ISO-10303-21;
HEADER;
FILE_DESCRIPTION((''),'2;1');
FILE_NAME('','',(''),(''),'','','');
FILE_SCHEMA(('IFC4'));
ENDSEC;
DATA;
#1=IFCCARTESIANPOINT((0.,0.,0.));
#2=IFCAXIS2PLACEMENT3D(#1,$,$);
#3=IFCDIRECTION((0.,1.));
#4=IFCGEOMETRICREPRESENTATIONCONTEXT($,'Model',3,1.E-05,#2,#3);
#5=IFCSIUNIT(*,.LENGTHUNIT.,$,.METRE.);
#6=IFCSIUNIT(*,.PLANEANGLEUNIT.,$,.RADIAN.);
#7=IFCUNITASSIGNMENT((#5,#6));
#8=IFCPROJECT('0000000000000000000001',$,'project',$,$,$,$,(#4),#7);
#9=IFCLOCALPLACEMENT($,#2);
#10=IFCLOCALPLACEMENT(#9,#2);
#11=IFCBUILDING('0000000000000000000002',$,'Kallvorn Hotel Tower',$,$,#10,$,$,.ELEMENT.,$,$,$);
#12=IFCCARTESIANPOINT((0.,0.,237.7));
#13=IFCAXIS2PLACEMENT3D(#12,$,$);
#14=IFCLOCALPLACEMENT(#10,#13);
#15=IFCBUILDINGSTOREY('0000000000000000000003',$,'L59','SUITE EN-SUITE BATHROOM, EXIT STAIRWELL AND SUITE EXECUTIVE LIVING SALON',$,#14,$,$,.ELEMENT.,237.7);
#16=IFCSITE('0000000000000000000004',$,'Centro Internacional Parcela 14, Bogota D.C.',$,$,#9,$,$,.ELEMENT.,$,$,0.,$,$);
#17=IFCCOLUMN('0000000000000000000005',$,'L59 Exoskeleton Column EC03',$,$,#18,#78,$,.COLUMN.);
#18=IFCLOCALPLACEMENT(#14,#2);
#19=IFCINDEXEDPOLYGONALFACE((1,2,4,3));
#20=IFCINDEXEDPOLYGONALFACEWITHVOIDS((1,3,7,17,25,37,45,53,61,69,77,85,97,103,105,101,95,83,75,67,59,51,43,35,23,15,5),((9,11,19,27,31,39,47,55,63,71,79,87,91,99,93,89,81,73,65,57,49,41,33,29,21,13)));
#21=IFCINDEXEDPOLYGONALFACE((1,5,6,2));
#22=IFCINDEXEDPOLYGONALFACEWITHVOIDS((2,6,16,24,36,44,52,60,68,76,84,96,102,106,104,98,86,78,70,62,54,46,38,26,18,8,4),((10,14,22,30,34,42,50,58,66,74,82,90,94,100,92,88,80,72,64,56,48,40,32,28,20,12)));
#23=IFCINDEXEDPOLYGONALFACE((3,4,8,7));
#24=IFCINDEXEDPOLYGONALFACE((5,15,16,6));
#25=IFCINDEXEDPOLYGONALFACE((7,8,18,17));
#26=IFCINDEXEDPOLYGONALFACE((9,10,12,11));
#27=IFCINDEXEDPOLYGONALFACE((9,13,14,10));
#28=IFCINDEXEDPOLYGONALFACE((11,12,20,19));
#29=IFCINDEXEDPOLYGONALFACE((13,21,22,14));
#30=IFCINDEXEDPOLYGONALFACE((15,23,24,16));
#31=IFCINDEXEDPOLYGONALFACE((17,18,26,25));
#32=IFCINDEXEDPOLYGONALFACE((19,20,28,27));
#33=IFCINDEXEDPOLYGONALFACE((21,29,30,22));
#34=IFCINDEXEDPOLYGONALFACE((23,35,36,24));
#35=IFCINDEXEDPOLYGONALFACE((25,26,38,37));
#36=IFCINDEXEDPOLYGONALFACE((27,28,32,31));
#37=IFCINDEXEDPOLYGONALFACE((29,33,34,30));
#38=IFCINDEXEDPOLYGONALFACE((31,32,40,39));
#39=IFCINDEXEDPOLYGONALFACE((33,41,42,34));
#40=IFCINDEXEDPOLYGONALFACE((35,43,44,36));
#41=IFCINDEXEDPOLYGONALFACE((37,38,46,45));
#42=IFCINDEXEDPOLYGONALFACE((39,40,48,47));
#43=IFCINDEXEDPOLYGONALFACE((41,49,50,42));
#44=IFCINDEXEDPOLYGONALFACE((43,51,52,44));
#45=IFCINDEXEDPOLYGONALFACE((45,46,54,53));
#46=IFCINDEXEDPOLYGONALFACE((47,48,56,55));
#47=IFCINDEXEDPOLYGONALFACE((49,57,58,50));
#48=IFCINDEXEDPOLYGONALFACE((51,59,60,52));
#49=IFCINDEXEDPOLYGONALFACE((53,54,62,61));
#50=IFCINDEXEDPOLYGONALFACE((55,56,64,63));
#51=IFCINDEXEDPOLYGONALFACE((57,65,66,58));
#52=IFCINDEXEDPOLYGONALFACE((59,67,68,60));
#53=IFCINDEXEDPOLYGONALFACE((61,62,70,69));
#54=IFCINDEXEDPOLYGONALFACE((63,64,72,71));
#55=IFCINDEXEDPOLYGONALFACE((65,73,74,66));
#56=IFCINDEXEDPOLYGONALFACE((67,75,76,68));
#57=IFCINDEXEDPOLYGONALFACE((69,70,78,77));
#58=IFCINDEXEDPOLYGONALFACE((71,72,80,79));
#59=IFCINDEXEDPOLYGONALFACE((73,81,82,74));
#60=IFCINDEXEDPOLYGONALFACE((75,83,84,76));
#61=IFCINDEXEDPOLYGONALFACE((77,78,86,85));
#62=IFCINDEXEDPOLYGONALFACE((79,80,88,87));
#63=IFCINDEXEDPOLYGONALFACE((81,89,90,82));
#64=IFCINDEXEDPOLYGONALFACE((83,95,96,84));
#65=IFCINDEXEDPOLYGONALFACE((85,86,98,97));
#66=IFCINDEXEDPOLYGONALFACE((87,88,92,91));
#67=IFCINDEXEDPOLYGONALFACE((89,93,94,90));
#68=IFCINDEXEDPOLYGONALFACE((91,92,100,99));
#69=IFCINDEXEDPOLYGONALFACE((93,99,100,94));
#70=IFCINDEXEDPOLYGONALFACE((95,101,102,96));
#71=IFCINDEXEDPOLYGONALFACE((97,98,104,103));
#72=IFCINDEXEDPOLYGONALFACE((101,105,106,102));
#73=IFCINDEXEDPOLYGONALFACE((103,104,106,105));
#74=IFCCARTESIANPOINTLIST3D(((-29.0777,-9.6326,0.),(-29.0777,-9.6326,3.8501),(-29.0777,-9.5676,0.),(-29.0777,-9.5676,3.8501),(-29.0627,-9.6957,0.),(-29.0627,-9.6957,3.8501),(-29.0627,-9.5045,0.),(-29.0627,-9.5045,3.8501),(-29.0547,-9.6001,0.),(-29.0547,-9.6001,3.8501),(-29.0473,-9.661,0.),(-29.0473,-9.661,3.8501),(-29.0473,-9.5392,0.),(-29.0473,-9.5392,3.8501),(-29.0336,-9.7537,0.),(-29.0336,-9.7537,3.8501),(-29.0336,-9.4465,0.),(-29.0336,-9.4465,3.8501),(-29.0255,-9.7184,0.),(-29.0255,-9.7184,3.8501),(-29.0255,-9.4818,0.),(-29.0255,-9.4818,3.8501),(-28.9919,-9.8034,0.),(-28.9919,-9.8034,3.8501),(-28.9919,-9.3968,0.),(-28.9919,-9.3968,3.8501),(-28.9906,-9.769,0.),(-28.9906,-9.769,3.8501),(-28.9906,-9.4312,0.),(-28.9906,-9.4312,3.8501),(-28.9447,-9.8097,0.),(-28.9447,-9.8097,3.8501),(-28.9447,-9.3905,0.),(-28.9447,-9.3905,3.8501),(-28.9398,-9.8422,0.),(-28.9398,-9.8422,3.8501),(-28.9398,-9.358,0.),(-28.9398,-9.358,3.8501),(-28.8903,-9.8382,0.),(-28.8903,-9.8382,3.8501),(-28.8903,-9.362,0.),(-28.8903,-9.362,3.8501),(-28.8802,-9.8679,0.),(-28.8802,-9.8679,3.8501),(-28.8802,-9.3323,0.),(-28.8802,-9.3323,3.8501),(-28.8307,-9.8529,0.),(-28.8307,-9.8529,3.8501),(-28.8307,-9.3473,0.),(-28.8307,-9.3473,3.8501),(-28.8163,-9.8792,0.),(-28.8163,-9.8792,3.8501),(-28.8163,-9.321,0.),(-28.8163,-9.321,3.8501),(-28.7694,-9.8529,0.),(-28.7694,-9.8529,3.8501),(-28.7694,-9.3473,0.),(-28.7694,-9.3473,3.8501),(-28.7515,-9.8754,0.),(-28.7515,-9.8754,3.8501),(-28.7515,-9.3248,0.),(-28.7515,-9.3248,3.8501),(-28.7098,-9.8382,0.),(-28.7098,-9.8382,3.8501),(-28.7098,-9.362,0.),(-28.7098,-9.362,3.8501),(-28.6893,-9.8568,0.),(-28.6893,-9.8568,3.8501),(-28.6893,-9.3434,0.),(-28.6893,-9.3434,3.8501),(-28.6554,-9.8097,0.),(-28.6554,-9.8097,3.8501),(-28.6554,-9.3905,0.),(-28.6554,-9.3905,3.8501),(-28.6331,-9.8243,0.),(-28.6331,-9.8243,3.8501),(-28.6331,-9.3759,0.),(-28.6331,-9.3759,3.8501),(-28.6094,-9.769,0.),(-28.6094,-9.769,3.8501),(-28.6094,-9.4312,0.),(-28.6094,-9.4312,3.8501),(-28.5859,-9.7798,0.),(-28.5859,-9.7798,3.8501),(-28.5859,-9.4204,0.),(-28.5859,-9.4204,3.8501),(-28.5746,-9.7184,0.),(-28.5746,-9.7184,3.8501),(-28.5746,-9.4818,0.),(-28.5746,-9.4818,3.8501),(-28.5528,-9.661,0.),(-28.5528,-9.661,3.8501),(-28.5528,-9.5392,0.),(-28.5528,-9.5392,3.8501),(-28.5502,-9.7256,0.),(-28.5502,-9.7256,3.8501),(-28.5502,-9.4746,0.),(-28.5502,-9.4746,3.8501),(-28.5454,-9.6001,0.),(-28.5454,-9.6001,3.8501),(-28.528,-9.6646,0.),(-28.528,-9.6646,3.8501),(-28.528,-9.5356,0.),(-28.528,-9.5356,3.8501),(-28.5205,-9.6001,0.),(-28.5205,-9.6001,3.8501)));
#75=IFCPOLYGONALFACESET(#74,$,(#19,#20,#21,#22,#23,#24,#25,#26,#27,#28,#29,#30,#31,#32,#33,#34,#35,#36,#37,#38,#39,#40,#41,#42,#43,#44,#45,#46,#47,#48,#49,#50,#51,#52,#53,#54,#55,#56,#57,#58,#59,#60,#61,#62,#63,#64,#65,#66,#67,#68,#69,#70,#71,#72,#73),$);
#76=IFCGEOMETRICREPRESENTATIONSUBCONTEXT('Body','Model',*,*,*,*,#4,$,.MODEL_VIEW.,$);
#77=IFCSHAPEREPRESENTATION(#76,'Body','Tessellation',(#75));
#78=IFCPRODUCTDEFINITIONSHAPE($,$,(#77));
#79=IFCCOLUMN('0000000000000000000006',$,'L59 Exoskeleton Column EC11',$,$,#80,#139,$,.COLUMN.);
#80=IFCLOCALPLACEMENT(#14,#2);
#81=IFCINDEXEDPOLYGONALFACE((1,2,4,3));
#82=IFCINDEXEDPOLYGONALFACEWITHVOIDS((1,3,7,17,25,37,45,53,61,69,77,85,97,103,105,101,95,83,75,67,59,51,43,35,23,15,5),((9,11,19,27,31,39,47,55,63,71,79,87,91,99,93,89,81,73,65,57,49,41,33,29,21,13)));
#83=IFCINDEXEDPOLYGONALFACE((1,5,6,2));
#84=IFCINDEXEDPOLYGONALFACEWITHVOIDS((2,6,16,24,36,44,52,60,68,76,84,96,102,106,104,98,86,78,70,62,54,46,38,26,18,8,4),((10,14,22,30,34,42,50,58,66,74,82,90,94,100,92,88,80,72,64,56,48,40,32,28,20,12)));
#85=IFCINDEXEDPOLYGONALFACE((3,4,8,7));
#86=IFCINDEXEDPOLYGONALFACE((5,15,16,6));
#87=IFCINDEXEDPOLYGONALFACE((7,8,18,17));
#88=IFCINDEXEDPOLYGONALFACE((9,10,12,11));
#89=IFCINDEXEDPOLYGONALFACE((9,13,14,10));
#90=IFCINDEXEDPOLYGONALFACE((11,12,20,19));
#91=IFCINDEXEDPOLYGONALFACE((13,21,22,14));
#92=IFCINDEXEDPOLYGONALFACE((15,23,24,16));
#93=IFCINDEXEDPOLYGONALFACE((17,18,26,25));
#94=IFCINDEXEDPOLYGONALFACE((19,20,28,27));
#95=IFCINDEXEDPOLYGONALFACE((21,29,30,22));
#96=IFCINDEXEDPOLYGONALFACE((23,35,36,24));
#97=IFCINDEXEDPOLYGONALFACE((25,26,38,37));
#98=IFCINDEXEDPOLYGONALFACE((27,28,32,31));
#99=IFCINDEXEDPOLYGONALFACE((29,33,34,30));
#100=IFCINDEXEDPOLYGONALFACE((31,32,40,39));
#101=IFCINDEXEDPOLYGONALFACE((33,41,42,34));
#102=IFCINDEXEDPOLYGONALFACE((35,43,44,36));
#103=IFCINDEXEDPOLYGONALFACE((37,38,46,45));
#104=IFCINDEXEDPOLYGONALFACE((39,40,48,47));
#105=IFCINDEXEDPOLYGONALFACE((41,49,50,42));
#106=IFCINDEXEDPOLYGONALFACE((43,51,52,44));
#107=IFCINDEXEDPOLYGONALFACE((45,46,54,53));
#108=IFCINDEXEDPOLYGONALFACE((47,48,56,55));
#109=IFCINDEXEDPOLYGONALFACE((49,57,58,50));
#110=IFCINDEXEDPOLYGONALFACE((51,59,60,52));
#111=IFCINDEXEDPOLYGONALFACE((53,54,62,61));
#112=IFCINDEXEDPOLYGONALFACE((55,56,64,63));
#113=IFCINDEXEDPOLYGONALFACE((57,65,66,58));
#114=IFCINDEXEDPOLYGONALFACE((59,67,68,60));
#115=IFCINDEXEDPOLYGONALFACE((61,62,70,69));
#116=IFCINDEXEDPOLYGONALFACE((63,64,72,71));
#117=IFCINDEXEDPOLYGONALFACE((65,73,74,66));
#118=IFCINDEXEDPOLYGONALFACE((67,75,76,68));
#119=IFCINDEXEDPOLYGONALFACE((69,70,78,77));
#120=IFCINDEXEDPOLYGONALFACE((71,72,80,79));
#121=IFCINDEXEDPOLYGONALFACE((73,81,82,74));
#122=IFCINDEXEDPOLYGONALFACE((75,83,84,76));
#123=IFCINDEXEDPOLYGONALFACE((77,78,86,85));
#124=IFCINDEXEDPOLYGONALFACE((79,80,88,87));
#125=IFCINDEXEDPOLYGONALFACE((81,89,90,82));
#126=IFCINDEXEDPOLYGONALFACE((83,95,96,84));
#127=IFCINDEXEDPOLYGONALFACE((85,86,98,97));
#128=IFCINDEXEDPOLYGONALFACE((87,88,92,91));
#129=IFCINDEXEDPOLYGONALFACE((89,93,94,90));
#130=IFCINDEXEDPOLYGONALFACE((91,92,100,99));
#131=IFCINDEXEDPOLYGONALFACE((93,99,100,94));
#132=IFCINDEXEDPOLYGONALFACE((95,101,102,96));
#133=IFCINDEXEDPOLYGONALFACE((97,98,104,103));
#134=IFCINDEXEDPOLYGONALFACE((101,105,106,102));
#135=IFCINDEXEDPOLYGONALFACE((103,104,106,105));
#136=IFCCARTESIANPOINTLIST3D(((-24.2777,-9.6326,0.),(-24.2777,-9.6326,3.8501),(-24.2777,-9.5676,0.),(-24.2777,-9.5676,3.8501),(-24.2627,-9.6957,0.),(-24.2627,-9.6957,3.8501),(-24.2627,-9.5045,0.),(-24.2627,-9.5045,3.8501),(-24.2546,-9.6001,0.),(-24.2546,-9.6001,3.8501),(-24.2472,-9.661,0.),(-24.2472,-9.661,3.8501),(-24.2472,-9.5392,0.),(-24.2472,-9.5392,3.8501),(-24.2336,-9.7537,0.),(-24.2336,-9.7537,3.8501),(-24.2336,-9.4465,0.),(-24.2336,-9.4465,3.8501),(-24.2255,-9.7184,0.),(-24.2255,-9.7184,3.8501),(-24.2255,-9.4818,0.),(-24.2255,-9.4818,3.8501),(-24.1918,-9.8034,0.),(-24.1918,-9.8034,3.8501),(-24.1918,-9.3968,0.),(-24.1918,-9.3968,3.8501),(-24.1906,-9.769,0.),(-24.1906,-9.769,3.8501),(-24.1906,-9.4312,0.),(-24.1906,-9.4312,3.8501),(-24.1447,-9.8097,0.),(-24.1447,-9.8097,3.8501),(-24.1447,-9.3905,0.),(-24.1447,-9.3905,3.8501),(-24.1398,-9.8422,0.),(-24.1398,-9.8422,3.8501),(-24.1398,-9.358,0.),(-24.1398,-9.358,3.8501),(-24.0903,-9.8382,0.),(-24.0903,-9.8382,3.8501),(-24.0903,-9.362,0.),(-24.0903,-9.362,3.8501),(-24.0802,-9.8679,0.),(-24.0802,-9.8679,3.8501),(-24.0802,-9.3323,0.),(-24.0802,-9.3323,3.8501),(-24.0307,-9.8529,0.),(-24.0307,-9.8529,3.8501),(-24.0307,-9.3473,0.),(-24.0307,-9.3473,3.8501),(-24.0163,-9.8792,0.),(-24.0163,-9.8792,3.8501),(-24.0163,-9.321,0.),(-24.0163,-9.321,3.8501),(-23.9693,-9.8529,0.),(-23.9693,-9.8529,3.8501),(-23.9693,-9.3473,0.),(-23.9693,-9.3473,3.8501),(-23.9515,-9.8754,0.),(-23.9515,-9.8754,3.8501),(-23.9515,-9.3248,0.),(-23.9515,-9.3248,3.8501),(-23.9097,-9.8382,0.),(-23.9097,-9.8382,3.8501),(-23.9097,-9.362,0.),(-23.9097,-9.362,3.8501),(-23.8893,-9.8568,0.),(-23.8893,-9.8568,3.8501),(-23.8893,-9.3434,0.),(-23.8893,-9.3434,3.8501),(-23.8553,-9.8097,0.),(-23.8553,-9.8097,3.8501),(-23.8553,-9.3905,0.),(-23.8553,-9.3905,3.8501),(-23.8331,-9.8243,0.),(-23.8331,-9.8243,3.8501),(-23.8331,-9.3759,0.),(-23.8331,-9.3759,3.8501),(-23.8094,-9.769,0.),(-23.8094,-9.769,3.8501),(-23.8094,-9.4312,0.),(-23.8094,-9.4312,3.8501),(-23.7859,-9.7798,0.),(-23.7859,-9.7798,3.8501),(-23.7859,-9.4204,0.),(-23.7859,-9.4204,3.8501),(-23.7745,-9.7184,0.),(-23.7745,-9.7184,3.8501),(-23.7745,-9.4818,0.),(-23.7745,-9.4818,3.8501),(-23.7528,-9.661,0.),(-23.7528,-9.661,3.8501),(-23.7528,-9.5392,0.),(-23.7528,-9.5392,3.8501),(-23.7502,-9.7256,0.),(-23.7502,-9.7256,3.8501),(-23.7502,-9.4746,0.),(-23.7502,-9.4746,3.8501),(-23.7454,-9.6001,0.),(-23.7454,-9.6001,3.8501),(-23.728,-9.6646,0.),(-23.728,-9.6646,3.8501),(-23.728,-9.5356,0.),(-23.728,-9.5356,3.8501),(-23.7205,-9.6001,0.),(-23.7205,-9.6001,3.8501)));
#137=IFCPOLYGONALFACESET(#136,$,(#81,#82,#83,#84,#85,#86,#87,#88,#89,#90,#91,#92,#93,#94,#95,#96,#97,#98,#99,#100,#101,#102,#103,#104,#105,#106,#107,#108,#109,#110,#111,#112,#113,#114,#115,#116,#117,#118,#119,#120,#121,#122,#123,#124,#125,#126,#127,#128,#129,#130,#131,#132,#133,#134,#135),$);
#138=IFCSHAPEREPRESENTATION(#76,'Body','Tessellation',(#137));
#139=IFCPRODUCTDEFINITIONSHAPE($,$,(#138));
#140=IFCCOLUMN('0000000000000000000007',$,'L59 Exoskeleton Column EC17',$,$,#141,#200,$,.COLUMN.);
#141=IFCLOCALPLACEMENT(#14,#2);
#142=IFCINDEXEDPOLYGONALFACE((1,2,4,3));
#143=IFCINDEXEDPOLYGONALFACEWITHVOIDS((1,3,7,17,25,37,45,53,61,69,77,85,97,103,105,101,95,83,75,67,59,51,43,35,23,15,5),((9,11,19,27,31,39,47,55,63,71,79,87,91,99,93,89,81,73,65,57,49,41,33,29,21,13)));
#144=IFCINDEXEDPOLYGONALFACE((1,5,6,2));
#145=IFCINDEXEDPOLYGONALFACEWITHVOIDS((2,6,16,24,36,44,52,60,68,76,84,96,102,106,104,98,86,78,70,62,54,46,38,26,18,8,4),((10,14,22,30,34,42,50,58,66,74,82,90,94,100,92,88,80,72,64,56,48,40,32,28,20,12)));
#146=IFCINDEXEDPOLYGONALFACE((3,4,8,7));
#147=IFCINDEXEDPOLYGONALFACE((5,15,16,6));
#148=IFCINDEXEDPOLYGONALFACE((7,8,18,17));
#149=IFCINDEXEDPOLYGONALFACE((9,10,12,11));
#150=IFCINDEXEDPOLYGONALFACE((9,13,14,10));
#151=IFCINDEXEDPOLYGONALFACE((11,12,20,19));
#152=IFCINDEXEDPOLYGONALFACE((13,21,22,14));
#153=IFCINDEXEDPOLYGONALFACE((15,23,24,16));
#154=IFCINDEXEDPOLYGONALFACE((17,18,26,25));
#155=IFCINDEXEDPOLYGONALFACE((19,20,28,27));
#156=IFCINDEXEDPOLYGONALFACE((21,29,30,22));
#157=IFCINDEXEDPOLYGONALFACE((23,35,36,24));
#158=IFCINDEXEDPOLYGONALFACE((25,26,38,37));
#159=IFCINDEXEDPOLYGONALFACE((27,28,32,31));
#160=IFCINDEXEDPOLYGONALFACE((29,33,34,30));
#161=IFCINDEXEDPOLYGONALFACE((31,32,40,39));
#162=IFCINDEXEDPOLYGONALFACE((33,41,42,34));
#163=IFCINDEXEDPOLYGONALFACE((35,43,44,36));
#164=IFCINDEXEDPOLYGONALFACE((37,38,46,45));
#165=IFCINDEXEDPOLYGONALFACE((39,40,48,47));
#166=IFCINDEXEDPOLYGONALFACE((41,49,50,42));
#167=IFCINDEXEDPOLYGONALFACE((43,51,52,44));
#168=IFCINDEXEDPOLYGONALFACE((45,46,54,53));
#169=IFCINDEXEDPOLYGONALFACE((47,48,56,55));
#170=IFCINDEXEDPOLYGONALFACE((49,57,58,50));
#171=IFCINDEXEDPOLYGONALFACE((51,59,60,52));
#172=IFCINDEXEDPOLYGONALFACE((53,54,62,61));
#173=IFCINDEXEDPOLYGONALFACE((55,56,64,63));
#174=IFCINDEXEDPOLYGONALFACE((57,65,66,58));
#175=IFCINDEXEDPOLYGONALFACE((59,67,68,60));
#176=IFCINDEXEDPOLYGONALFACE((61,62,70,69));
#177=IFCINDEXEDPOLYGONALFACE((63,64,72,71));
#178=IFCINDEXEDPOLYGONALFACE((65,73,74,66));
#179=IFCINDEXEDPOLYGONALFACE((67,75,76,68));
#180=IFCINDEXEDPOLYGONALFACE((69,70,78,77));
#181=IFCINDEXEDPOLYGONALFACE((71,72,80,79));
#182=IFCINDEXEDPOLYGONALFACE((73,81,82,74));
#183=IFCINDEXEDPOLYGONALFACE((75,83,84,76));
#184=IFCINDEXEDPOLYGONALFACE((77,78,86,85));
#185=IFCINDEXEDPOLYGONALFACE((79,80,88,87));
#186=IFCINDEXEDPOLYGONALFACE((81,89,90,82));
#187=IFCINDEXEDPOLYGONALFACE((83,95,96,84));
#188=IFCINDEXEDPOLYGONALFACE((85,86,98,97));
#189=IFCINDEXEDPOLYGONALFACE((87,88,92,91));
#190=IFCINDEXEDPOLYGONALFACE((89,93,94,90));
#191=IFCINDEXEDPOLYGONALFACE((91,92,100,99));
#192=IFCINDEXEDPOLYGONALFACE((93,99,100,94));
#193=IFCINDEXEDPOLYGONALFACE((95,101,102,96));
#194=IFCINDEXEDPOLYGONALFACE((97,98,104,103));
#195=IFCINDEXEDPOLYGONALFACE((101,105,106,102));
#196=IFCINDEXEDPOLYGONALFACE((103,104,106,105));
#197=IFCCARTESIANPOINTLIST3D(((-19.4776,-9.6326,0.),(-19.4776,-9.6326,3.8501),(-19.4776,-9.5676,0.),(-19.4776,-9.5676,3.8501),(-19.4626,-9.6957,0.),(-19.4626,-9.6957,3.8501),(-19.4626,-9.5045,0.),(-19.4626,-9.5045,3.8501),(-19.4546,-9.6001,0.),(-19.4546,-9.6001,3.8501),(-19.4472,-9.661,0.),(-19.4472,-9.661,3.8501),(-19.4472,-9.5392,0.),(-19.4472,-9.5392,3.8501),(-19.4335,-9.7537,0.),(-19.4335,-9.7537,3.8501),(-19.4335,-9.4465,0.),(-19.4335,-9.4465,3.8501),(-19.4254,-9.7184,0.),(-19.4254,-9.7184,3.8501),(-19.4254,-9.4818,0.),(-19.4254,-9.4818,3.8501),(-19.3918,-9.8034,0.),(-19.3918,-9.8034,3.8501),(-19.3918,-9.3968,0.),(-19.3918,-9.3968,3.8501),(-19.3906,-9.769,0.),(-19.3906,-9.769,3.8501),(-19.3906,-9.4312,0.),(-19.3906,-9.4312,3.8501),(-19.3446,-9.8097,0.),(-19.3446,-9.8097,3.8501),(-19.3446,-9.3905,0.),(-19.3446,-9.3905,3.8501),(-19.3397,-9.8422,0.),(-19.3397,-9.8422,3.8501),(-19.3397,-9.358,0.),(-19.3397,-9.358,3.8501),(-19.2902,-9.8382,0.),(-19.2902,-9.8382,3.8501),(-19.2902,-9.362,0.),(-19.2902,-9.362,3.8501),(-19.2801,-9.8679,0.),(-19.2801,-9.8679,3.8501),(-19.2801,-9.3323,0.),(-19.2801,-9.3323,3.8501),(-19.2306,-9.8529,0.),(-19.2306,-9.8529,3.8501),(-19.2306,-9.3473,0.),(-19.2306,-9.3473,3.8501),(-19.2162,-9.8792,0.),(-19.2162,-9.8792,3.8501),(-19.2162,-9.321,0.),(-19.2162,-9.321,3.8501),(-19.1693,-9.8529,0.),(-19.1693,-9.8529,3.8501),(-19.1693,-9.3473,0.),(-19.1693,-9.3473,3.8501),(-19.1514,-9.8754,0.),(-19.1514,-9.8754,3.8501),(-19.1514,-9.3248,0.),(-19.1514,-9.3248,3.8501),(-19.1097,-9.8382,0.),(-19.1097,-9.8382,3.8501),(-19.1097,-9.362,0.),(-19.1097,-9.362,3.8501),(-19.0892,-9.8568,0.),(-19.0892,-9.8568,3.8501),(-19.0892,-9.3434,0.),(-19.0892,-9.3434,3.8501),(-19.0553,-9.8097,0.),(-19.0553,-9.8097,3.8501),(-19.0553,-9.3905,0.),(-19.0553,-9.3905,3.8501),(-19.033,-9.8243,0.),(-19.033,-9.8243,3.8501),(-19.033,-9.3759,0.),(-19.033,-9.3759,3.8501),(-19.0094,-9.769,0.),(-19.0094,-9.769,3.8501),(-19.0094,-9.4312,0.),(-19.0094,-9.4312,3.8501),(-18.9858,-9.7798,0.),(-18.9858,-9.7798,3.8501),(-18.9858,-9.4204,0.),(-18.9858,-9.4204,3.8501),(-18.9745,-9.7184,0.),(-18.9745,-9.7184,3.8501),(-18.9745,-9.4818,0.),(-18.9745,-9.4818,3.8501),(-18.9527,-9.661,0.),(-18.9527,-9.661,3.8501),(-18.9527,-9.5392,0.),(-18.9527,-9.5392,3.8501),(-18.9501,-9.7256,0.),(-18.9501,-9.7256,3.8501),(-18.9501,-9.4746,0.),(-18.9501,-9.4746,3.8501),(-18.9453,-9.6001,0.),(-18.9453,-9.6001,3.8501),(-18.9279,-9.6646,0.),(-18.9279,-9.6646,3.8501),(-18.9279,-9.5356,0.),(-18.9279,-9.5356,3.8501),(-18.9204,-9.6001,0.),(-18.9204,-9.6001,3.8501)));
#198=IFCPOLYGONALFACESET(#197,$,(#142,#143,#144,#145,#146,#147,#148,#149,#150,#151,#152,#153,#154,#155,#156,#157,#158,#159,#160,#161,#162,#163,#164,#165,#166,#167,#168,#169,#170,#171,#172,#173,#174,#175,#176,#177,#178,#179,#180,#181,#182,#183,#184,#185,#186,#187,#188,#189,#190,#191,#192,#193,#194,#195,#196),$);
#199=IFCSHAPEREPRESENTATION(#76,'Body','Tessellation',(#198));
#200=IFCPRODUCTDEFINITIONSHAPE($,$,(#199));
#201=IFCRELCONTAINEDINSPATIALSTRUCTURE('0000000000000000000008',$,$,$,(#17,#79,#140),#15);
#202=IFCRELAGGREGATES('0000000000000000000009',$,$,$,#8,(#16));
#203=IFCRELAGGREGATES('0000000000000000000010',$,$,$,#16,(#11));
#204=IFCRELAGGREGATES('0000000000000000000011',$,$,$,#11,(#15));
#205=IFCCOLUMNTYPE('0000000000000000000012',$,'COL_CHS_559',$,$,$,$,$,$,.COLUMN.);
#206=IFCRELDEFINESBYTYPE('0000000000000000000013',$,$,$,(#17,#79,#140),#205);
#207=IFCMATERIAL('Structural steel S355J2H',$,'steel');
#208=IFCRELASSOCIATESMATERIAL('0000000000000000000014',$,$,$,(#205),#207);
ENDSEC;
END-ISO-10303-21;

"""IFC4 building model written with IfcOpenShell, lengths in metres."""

from ifc_helpers import new_model, si_unit, direction, frame, origin, origin_2d, place, context, subcontext, project, spatial, hollow_circle, extrude, material, material_profile, profile_set, type_object, element, save


model = new_model("IFC4")

# Units and contexts
model_context = context("Model", 3, precision=1e-05, world=origin(), true_north=direction((0.0, 1.0)))
body_context = subcontext(model_context, "Body", "Model", "MODEL_VIEW")
ifc_project = project(units=[si_unit("LENGTHUNIT", "METRE"), si_unit("PLANEANGLEUNIT", "RADIAN")], contexts=[model_context])

# Site, building, storey
site_placement = place(None, origin())
site = spatial("IfcSite", under=ifc_project, at=site_placement, Name="Centro Internacional Parcela 14, Bogota D.C.", CompositionType="ELEMENT", RefElevation=0.0)
building_placement = place(site_placement, origin())
building = spatial("IfcBuilding", under=site, at=building_placement, Name="Kallvorn Hotel Tower", CompositionType="ELEMENT")
storey_placement = place(building_placement, frame((0.0, 0.0, 237.7)))
storey = spatial("IfcBuildingStorey", under=building, at=storey_placement, Name="L59", Description="SUITE EN-SUITE BATHROOM, EXIT STAIRWELL AND SUITE EXECUTIVE LIVING SALON", CompositionType="ELEMENT", Elevation=237.7)

# Columns
ifc_material_1 = material(Name="Structural steel S355J2H", Category="steel")
ifc_material_profile_1 = material_profile(ifc_material_1, hollow_circle(Radius=0.2795, WallThickness=0.0249, at=origin_2d()), Name="CHS 559x25")
ifc_profile_set_1 = profile_set([ifc_material_profile_1], Name="Structural steel S355J2H")
column_type_1 = type_object("IfcColumnType", Name="COL_CHS_559", PredefinedType="COLUMN", material=ifc_profile_set_1)
for number, where, z_axis, x_axis, name in (
    (1, (-28.8, -9.6001, 0.0), (0.0, 0.0, 1.0), (1.0, 0.0, 0.0), "L59 Exoskeleton Column EC03"),
    (2, (-24.0, -9.6001, 0.0), (0.0, 0.0, 1.0), (1.0, 0.0, 0.0), "L59 Exoskeleton Column EC11"),
    (3, (-19.2, -9.6001, 0.0), (0.0, 0.0, 1.0), (1.0, 0.0, 0.0), "L59 Exoskeleton Column EC17"),
):
    element("IfcColumn", number, at=place(storey_placement, frame(where, z_axis=z_axis, x_axis=x_axis)), inside=storey, type_object=column_type_1, Name=name, PredefinedType="COLUMN", context=body_context, shape_type="SweptSolid", body=[
        extrude(hollow_circle(Radius=0.2795, WallThickness=0.0249, at=origin_2d()), origin(), (0.0, 0.0, 1.0), 3.8501),
    ])

save(model, "model.ifc")
